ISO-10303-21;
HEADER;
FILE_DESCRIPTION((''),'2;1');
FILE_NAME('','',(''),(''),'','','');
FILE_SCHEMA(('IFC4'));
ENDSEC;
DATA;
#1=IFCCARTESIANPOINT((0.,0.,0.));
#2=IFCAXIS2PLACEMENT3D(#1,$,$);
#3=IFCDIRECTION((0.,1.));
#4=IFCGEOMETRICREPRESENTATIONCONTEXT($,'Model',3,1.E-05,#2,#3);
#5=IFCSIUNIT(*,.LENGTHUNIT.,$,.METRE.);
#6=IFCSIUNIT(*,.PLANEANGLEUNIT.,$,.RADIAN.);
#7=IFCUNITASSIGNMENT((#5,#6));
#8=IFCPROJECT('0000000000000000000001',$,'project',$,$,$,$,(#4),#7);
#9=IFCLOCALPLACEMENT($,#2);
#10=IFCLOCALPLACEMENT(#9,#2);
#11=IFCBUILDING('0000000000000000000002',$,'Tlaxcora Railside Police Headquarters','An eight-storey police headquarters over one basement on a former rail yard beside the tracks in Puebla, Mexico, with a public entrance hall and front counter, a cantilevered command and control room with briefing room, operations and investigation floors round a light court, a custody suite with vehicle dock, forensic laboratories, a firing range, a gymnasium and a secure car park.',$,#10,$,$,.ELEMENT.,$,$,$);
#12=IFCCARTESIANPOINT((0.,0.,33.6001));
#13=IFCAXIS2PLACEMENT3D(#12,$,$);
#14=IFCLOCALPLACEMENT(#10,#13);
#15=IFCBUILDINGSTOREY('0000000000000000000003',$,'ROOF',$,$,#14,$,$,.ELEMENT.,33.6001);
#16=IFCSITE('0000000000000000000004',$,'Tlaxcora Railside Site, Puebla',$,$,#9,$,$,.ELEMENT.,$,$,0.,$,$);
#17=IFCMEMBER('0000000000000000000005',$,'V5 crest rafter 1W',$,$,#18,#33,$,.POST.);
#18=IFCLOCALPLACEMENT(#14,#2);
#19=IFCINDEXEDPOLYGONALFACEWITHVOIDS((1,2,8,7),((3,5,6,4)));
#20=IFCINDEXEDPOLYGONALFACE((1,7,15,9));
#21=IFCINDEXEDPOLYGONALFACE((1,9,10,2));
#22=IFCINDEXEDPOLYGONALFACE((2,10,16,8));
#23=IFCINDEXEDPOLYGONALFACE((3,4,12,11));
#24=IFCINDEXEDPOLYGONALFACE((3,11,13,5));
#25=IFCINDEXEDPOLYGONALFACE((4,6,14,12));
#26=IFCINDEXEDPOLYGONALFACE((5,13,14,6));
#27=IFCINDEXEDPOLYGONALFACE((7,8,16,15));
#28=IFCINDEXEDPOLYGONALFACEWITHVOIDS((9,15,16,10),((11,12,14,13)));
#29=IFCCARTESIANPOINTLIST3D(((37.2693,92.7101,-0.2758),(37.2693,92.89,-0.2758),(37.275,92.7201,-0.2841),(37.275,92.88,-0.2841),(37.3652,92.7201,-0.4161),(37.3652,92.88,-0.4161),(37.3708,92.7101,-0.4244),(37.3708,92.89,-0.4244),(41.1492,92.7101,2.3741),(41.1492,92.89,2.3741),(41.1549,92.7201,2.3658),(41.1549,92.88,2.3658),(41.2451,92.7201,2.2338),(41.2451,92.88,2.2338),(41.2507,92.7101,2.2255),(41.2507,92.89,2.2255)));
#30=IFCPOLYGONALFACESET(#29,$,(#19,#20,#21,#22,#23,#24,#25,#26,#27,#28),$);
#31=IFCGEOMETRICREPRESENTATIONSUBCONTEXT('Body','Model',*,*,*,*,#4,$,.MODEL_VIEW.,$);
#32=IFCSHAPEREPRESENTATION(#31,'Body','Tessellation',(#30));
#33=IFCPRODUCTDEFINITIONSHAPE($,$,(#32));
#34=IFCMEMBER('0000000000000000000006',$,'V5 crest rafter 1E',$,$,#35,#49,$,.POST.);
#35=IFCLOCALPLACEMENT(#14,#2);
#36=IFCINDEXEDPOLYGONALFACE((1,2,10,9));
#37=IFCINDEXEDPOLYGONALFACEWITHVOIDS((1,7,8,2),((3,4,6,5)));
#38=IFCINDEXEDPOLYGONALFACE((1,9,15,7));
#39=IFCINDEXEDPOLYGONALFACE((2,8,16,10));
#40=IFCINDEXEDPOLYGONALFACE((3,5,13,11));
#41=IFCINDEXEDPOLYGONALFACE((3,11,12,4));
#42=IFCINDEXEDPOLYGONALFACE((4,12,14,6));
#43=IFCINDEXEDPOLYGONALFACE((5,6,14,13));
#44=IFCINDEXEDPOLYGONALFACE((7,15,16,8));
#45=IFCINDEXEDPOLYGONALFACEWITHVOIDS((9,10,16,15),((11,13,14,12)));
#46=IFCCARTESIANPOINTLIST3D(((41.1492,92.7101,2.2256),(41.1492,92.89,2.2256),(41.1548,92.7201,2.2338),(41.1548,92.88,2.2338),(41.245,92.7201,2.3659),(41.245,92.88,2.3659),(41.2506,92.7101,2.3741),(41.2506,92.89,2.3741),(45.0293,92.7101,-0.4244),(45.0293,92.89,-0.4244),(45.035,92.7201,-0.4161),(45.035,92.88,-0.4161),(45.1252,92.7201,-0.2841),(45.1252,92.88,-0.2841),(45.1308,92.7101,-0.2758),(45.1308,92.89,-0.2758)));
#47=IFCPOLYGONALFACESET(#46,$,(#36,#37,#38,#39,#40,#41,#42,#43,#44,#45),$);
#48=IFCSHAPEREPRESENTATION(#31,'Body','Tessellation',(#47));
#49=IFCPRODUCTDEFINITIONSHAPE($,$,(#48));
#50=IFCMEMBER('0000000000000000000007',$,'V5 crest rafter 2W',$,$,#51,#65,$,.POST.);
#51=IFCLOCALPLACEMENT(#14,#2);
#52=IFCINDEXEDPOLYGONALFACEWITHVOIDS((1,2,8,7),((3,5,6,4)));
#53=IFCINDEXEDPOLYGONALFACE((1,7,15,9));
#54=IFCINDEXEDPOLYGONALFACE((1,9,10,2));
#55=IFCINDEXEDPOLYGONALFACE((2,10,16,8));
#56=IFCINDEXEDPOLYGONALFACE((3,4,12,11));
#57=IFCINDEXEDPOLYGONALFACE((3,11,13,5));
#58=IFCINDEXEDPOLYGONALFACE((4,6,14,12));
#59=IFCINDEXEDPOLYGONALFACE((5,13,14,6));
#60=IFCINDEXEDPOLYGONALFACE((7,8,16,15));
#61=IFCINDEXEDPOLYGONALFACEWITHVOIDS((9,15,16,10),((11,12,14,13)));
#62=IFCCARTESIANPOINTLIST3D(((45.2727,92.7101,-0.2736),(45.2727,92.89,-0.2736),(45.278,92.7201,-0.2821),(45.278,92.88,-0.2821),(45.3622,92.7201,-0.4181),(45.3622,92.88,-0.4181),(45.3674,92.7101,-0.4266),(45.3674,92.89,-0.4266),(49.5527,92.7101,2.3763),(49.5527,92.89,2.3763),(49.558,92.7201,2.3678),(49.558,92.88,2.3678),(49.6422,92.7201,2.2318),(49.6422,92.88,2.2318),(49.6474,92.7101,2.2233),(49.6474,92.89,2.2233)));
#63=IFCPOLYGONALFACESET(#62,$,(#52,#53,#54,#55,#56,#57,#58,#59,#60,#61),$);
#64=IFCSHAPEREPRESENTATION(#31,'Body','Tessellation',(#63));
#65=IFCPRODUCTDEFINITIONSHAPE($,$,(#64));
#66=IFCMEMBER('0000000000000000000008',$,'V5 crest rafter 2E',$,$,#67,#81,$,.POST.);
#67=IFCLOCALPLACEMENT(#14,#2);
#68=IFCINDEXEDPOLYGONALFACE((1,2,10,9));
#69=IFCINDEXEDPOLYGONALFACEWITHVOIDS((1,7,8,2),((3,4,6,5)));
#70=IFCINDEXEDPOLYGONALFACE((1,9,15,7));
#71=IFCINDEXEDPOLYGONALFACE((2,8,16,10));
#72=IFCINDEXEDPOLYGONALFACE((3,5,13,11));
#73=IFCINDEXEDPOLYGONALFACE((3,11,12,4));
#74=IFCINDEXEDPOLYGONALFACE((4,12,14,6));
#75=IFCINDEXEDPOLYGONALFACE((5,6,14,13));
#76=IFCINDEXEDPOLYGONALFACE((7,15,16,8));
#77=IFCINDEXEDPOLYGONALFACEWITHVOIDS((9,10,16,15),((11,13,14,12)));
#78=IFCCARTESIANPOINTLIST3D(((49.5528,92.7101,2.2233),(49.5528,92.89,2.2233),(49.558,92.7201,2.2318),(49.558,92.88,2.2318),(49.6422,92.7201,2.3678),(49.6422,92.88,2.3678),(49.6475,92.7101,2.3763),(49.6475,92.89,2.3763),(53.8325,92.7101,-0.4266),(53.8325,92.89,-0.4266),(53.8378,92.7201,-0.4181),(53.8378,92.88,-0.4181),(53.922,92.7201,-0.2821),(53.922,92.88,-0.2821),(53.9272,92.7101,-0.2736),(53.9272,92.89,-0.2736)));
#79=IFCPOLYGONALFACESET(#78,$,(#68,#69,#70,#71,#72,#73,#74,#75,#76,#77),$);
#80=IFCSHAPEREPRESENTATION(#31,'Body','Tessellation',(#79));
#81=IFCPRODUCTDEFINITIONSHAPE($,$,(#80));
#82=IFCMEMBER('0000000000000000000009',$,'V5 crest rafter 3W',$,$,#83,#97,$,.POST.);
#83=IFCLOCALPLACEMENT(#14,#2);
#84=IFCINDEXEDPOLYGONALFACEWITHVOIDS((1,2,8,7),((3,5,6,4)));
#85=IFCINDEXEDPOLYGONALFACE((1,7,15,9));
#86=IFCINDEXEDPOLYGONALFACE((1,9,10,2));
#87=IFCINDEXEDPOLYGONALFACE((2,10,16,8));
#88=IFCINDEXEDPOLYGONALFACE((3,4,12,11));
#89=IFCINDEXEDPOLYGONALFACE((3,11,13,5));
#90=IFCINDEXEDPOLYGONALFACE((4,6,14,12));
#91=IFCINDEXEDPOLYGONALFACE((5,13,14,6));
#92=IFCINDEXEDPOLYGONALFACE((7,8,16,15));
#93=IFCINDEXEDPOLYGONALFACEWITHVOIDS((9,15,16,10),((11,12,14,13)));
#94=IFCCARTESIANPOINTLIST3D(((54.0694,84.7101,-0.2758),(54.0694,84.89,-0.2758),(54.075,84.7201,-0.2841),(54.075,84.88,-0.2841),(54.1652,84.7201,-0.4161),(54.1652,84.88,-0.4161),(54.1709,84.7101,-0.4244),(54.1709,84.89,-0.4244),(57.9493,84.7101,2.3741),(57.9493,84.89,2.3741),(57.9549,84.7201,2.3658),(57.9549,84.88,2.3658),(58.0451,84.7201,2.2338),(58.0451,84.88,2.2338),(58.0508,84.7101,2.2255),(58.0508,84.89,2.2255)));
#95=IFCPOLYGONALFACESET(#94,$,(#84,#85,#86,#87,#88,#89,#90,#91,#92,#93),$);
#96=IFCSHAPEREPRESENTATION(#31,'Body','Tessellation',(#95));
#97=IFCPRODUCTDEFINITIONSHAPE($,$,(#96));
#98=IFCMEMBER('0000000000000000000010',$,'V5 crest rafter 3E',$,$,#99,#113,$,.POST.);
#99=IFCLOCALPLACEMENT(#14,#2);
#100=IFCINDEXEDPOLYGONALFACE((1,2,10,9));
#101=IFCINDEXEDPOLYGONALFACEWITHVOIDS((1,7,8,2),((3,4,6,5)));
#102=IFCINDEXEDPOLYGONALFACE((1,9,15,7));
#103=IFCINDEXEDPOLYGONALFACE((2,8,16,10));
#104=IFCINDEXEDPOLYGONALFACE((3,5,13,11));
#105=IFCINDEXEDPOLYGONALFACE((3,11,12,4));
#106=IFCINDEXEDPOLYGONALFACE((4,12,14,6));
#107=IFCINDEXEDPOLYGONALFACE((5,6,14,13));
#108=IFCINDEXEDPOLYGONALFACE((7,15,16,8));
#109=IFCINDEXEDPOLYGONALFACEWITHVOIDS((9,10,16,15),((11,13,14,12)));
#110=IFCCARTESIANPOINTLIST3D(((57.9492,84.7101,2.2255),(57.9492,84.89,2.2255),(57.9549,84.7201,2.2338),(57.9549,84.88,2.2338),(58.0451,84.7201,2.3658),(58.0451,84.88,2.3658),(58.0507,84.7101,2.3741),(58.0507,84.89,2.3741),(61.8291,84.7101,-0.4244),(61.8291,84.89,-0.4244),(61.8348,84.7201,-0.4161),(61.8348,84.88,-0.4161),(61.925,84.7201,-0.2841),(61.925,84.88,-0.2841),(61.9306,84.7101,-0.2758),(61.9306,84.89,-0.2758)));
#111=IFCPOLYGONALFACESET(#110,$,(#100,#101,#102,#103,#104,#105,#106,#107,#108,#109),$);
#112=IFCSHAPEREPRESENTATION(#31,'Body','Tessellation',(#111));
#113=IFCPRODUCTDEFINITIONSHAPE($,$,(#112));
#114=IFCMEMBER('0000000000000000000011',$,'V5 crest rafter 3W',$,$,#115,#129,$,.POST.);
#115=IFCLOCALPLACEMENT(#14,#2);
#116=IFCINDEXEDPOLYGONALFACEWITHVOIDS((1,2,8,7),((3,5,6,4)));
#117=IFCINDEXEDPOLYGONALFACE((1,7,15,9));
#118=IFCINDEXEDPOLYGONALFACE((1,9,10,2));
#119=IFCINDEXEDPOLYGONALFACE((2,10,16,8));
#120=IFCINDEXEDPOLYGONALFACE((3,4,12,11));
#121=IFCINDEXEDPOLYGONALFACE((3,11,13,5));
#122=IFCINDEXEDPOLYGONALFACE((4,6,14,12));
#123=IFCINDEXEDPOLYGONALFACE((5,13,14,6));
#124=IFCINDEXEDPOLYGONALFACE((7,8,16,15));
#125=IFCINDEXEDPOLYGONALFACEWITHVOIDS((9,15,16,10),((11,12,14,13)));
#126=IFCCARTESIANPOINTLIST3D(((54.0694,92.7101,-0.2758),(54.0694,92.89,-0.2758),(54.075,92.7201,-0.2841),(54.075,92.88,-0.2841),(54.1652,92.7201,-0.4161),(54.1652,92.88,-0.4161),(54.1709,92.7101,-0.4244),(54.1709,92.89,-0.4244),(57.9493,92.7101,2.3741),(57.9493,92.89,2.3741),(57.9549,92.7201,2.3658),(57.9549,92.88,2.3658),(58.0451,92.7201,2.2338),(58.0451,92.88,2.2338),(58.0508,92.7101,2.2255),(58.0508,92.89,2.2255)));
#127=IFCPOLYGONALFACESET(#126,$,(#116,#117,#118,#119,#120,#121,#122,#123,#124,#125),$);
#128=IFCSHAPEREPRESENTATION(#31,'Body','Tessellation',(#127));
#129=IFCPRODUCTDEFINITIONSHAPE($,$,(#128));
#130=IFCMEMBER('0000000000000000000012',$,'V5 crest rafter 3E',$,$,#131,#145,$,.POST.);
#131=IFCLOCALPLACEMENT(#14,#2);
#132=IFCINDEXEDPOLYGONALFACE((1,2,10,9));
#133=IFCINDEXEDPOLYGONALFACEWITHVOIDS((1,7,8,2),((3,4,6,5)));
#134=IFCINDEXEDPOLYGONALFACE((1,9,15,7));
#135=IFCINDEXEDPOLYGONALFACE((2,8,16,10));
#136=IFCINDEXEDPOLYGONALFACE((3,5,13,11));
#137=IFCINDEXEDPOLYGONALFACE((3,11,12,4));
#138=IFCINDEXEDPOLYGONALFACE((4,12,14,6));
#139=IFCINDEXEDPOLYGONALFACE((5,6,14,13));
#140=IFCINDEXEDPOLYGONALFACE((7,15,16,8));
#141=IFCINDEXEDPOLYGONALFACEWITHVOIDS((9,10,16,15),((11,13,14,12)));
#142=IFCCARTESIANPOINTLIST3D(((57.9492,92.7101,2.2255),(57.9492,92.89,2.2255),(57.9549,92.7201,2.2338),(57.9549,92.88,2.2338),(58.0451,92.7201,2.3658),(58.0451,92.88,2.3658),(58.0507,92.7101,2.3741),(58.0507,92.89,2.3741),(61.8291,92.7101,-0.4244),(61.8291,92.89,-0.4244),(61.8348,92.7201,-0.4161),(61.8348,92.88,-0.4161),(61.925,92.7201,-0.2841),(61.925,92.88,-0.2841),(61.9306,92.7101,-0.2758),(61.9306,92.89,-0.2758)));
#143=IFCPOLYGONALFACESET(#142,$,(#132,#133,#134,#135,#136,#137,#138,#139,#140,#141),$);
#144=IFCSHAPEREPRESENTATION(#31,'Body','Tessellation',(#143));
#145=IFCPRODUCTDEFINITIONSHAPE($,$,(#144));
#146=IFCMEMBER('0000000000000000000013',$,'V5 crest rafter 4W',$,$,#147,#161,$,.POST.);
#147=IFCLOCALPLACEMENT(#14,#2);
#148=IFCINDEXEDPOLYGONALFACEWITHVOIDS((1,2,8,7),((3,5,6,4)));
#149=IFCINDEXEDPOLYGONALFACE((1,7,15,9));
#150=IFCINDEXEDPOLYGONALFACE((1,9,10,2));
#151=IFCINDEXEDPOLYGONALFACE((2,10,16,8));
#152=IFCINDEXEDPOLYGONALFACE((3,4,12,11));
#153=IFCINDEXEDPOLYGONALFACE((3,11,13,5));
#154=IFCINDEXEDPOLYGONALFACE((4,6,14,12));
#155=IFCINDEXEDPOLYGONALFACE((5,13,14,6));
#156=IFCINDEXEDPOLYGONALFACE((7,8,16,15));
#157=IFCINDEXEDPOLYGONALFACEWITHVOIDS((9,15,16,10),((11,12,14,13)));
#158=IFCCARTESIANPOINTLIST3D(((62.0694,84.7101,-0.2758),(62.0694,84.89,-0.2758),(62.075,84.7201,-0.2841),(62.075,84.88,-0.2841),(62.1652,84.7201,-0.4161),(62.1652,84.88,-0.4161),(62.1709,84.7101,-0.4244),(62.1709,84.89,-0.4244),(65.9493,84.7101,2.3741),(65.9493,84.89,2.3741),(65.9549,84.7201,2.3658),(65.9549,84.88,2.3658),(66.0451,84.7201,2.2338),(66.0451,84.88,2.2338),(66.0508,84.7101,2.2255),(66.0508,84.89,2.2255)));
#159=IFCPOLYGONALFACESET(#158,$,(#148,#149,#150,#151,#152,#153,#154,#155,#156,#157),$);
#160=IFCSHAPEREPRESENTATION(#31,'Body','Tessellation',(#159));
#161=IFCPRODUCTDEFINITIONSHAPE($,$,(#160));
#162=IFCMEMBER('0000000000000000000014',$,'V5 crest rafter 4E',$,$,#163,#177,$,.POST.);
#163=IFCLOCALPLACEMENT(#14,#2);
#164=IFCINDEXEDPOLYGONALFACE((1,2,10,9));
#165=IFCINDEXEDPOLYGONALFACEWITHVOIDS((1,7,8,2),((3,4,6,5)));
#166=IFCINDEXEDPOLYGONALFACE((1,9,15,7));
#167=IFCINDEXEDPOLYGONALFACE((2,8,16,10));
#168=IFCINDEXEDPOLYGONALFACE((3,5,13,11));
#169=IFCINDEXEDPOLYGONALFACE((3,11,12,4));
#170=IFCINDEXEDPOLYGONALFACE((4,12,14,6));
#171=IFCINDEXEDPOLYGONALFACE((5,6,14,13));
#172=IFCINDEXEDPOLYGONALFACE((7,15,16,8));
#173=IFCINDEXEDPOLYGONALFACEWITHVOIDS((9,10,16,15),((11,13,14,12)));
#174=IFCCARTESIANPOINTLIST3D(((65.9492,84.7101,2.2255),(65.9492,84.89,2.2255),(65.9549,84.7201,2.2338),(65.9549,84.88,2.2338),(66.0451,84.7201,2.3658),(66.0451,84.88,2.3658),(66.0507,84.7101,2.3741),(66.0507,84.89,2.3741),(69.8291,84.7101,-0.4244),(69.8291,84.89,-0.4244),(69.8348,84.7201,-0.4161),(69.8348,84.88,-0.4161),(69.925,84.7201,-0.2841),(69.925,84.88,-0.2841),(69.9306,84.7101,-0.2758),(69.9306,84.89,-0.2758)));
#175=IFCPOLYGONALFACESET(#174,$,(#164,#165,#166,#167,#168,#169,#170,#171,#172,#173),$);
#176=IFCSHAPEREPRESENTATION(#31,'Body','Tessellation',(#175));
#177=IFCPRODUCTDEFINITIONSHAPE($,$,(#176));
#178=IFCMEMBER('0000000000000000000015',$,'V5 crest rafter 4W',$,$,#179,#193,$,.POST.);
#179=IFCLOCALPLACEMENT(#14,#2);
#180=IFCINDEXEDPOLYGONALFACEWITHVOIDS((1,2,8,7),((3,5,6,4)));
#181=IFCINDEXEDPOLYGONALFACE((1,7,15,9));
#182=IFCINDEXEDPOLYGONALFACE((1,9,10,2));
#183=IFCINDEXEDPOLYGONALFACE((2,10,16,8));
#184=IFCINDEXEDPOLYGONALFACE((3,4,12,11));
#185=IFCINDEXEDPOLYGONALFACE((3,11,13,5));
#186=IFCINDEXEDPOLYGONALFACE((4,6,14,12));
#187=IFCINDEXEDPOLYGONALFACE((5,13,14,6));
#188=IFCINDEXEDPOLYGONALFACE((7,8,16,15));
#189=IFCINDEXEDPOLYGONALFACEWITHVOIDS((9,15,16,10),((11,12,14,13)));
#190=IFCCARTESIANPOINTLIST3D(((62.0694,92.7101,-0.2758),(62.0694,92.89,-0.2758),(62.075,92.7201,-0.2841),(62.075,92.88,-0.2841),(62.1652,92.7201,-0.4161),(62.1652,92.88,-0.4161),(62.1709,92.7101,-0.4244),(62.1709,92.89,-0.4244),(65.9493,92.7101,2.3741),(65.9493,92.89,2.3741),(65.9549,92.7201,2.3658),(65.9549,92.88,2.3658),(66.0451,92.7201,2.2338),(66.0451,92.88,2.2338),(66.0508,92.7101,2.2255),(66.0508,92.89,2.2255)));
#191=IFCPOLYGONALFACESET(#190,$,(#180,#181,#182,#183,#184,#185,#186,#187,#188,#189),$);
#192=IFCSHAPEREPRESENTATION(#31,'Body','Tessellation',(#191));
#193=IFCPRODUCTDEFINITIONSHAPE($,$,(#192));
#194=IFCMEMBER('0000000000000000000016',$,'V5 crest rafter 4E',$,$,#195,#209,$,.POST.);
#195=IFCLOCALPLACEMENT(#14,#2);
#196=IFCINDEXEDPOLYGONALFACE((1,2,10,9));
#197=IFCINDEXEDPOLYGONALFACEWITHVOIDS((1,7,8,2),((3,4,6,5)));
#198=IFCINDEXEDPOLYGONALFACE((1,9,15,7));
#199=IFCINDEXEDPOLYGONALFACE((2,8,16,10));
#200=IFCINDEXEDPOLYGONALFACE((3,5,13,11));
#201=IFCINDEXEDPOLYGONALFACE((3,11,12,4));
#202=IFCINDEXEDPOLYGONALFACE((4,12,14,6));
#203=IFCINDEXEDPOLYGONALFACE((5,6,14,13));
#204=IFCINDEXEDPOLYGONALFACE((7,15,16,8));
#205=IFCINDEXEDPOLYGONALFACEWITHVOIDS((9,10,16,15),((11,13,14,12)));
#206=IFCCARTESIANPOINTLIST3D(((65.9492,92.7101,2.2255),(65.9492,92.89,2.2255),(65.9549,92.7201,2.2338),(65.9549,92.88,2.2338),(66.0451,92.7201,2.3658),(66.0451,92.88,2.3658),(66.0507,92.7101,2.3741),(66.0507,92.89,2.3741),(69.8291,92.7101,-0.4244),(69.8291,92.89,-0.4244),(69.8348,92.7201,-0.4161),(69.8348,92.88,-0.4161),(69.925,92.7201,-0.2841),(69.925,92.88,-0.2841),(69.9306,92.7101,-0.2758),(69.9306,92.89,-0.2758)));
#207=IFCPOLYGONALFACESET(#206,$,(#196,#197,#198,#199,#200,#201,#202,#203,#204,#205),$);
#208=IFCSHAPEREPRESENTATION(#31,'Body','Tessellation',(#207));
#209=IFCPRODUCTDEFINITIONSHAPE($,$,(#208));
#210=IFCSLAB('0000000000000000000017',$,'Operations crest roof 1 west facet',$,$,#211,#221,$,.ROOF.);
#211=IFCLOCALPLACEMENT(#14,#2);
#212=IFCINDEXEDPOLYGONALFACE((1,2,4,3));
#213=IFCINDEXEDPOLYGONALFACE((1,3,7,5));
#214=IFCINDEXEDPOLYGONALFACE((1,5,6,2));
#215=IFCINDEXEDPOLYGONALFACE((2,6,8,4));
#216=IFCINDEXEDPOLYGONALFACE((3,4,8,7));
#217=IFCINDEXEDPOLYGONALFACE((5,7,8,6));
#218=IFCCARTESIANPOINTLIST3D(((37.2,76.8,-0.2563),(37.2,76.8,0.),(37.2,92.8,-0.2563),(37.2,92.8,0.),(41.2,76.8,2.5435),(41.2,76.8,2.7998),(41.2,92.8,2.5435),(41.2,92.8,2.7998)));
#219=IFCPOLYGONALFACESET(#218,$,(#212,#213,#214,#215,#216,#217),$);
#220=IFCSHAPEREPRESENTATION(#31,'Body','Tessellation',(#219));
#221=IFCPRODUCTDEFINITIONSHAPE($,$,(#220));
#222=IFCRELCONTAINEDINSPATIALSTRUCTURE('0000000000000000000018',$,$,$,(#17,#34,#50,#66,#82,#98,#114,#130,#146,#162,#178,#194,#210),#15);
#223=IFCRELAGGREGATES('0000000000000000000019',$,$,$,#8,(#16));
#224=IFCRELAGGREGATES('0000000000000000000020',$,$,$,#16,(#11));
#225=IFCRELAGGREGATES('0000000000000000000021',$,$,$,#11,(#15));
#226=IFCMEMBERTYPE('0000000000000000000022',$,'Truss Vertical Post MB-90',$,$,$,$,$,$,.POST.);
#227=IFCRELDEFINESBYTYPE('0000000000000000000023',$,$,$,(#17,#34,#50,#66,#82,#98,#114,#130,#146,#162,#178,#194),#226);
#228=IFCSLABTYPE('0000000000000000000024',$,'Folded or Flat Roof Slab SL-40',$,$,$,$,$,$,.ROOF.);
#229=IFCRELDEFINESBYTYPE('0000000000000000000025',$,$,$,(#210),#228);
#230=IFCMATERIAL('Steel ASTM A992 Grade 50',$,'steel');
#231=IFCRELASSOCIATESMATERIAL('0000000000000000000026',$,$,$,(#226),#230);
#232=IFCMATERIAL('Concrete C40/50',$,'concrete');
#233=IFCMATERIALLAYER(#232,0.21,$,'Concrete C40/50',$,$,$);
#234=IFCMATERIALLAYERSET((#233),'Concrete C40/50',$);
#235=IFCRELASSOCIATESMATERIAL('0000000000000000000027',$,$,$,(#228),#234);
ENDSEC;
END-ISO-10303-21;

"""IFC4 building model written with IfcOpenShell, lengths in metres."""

from ifc_helpers import new_model, si_unit, direction, frame, origin, origin_2d, place, context, subcontext, project, spatial, polyline, hollow_rectangle, outline, extrude, material, layer, layer_set, material_profile, profile_set, type_object, element, save


model = new_model("IFC4")

# Units and contexts
model_context = context("Model", 3, precision=1e-05, world=origin(), true_north=direction((0.0, 1.0)))
body_context = subcontext(model_context, "Body", "Model", "MODEL_VIEW")
ifc_project = project(units=[si_unit("LENGTHUNIT", "METRE"), si_unit("PLANEANGLEUNIT", "RADIAN")], contexts=[model_context])

# Site, building, storey
site_placement = place(None, origin())
site = spatial("IfcSite", under=ifc_project, at=site_placement, Name="Tlaxcora Railside Site, Puebla", CompositionType="ELEMENT", RefElevation=0.0)
building_placement = place(site_placement, origin())
building = spatial("IfcBuilding", under=site, at=building_placement, Name="Tlaxcora Railside Police Headquarters", Description="An eight-storey police headquarters over one basement on a former rail yard beside the tracks in Puebla, Mexico, with a public entrance hall and front counter, a cantilevered command and control room with briefing room, operations and investigation floors round a light court, a custody suite with vehicle dock, forensic laboratories, a firing range, a gymnasium and a secure car park.", CompositionType="ELEMENT")
storey_placement = place(building_placement, frame((0.0, 0.0, 33.6001)))
storey = spatial("IfcBuildingStorey", under=building, at=storey_placement, Name="ROOF", CompositionType="ELEMENT", Elevation=33.6001)

# Members
ifc_material_1 = material(Name="Steel ASTM A992 Grade 50", Category="steel")
ifc_material_profile = material_profile(ifc_material_1, hollow_rectangle(XDim=0.1799, YDim=0.1799, WallThickness=0.01, at=origin_2d()), Name="HSS180X180X10")
ifc_profile_set = profile_set([ifc_material_profile], Name="Steel ASTM A992 Grade 50")
member_type = type_object("IfcMemberType", Name="Truss Vertical Post MB-90", PredefinedType="POST", material=ifc_profile_set)
member_1_placement = place(storey_placement, frame((37.3201, 92.8, -0.3501), z_axis=(0.825779, 0.0, 0.563994), x_axis=(0.0, 1.0, 0.0)))
element("IfcMember", 1, at=member_1_placement, inside=storey, type_object=member_type, Name="V5 crest rafter 1W", PredefinedType="POST", context=body_context, shape_type="SweptSolid", body=[
    extrude(hollow_rectangle(XDim=0.1799, YDim=0.1799, WallThickness=0.01, at=origin_2d()), origin(), (0.0, 0.0, 1.0), 4.6985),
])
member_2_placement = place(storey_placement, frame((45.0801, 92.8, -0.3501), z_axis=(-0.825795, 0.0, 0.56397), x_axis=(0.0, -1.0, 0.0)))
element("IfcMember", 2, at=member_2_placement, inside=storey, type_object=member_type, Name="V5 crest rafter 1E", PredefinedType="POST", context=body_context, shape_type="SweptSolid", body=[
    extrude(hollow_rectangle(XDim=0.1799, YDim=0.1799, WallThickness=0.01, at=origin_2d()), origin(), (0.0, 0.0, 1.0), 4.6987),
])
member_3_placement = place(storey_placement, frame((45.3201, 92.8, -0.3501), z_axis=(0.850233, 0.0, 0.526406), x_axis=(0.0, 1.0, 0.0)))
element("IfcMember", 3, at=member_3_placement, inside=storey, type_object=member_type, Name="V5 crest rafter 2W", PredefinedType="POST", context=body_context, shape_type="SweptSolid", body=[
    extrude(hollow_rectangle(XDim=0.1799, YDim=0.1799, WallThickness=0.01, at=origin_2d()), origin(), (0.0, 0.0, 1.0), 5.0339),
])
member_4_placement = place(storey_placement, frame((53.8799, 92.8, -0.3501), z_axis=(-0.85022, 0.0, 0.526428), x_axis=(0.0, -1.0, 0.0)))
element("IfcMember", 4, at=member_4_placement, inside=storey, type_object=member_type, Name="V5 crest rafter 2E", PredefinedType="POST", context=body_context, shape_type="SweptSolid", body=[
    extrude(hollow_rectangle(XDim=0.1799, YDim=0.1799, WallThickness=0.01, at=origin_2d()), origin(), (0.0, 0.0, 1.0), 5.0337),
])
for number, where, z_axis, x_axis, name in (
    (5, (54.1201, 84.8, -0.3501), (0.825779, 0.0, 0.563994), (0.0, 1.0, 0.0), "V5 crest rafter 3W"),
    (6, (61.8799, 84.8, -0.3501), (-0.825779, 0.0, 0.563994), (0.0, -1.0, 0.0), "V5 crest rafter 3E"),
    (7, (54.1201, 92.8, -0.3501), (0.825779, 0.0, 0.563994), (0.0, 1.0, 0.0), "V5 crest rafter 3W"),
    (8, (61.8799, 92.8, -0.3501), (-0.825779, 0.0, 0.563994), (0.0, -1.0, 0.0), "V5 crest rafter 3E"),
    (9, (62.1201, 84.8, -0.3501), (0.825779, 0.0, 0.563994), (0.0, 1.0, 0.0), "V5 crest rafter 4W"),
    (10, (69.8799, 84.8, -0.3501), (-0.825779, 0.0, 0.563994), (0.0, -1.0, 0.0), "V5 crest rafter 4E"),
    (11, (62.1201, 92.8, -0.3501), (0.825779, 0.0, 0.563994), (0.0, 1.0, 0.0), "V5 crest rafter 4W"),
    (12, (69.8799, 92.8, -0.3501), (-0.825779, 0.0, 0.563994), (0.0, -1.0, 0.0), "V5 crest rafter 4E"),
):
    element("IfcMember", number, at=place(storey_placement, frame(where, z_axis=z_axis, x_axis=x_axis)), inside=storey, type_object=member_type, Name=name, PredefinedType="POST", context=body_context, shape_type="SweptSolid", body=[
        extrude(hollow_rectangle(XDim=0.1799, YDim=0.1799, WallThickness=0.01, at=origin_2d()), origin(), (0.0, 0.0, 1.0), 4.6985),
    ])

# Slab
ifc_material_2 = material(Name="Concrete C40/50", Category="concrete")
ifc_layer_1 = layer(ifc_material_2, 0.21, Name="Concrete C40/50")
ifc_layer_set_1 = layer_set([ifc_layer_1], Name="Concrete C40/50")
slab_type_1 = type_object("IfcSlabType", Name="Folded or Flat Roof Slab SL-40", PredefinedType="ROOF", material=ifc_layer_set_1)
slab_1_placement = place(storey_placement, frame((37.2, 92.8, 0.0), z_axis=(0.0, -1.0, 0.0), x_axis=(1.0, 0.0, 0.0)))
element("IfcSlab", 13, at=slab_1_placement, inside=storey, type_object=slab_type_1, Name="Operations crest roof 1 west facet", PredefinedType="ROOF", context=body_context, shape_type="SweptSolid", body=[
    extrude(outline(polyline([(0.0, -0.2563), (4.0, 2.5435), (4.0, 2.7998), (0.0, 0.0), (0.0, -0.2563)])), origin(), (0.0, 0.0, 1.0), 16.0),
])

save(model, "model.ifc")
